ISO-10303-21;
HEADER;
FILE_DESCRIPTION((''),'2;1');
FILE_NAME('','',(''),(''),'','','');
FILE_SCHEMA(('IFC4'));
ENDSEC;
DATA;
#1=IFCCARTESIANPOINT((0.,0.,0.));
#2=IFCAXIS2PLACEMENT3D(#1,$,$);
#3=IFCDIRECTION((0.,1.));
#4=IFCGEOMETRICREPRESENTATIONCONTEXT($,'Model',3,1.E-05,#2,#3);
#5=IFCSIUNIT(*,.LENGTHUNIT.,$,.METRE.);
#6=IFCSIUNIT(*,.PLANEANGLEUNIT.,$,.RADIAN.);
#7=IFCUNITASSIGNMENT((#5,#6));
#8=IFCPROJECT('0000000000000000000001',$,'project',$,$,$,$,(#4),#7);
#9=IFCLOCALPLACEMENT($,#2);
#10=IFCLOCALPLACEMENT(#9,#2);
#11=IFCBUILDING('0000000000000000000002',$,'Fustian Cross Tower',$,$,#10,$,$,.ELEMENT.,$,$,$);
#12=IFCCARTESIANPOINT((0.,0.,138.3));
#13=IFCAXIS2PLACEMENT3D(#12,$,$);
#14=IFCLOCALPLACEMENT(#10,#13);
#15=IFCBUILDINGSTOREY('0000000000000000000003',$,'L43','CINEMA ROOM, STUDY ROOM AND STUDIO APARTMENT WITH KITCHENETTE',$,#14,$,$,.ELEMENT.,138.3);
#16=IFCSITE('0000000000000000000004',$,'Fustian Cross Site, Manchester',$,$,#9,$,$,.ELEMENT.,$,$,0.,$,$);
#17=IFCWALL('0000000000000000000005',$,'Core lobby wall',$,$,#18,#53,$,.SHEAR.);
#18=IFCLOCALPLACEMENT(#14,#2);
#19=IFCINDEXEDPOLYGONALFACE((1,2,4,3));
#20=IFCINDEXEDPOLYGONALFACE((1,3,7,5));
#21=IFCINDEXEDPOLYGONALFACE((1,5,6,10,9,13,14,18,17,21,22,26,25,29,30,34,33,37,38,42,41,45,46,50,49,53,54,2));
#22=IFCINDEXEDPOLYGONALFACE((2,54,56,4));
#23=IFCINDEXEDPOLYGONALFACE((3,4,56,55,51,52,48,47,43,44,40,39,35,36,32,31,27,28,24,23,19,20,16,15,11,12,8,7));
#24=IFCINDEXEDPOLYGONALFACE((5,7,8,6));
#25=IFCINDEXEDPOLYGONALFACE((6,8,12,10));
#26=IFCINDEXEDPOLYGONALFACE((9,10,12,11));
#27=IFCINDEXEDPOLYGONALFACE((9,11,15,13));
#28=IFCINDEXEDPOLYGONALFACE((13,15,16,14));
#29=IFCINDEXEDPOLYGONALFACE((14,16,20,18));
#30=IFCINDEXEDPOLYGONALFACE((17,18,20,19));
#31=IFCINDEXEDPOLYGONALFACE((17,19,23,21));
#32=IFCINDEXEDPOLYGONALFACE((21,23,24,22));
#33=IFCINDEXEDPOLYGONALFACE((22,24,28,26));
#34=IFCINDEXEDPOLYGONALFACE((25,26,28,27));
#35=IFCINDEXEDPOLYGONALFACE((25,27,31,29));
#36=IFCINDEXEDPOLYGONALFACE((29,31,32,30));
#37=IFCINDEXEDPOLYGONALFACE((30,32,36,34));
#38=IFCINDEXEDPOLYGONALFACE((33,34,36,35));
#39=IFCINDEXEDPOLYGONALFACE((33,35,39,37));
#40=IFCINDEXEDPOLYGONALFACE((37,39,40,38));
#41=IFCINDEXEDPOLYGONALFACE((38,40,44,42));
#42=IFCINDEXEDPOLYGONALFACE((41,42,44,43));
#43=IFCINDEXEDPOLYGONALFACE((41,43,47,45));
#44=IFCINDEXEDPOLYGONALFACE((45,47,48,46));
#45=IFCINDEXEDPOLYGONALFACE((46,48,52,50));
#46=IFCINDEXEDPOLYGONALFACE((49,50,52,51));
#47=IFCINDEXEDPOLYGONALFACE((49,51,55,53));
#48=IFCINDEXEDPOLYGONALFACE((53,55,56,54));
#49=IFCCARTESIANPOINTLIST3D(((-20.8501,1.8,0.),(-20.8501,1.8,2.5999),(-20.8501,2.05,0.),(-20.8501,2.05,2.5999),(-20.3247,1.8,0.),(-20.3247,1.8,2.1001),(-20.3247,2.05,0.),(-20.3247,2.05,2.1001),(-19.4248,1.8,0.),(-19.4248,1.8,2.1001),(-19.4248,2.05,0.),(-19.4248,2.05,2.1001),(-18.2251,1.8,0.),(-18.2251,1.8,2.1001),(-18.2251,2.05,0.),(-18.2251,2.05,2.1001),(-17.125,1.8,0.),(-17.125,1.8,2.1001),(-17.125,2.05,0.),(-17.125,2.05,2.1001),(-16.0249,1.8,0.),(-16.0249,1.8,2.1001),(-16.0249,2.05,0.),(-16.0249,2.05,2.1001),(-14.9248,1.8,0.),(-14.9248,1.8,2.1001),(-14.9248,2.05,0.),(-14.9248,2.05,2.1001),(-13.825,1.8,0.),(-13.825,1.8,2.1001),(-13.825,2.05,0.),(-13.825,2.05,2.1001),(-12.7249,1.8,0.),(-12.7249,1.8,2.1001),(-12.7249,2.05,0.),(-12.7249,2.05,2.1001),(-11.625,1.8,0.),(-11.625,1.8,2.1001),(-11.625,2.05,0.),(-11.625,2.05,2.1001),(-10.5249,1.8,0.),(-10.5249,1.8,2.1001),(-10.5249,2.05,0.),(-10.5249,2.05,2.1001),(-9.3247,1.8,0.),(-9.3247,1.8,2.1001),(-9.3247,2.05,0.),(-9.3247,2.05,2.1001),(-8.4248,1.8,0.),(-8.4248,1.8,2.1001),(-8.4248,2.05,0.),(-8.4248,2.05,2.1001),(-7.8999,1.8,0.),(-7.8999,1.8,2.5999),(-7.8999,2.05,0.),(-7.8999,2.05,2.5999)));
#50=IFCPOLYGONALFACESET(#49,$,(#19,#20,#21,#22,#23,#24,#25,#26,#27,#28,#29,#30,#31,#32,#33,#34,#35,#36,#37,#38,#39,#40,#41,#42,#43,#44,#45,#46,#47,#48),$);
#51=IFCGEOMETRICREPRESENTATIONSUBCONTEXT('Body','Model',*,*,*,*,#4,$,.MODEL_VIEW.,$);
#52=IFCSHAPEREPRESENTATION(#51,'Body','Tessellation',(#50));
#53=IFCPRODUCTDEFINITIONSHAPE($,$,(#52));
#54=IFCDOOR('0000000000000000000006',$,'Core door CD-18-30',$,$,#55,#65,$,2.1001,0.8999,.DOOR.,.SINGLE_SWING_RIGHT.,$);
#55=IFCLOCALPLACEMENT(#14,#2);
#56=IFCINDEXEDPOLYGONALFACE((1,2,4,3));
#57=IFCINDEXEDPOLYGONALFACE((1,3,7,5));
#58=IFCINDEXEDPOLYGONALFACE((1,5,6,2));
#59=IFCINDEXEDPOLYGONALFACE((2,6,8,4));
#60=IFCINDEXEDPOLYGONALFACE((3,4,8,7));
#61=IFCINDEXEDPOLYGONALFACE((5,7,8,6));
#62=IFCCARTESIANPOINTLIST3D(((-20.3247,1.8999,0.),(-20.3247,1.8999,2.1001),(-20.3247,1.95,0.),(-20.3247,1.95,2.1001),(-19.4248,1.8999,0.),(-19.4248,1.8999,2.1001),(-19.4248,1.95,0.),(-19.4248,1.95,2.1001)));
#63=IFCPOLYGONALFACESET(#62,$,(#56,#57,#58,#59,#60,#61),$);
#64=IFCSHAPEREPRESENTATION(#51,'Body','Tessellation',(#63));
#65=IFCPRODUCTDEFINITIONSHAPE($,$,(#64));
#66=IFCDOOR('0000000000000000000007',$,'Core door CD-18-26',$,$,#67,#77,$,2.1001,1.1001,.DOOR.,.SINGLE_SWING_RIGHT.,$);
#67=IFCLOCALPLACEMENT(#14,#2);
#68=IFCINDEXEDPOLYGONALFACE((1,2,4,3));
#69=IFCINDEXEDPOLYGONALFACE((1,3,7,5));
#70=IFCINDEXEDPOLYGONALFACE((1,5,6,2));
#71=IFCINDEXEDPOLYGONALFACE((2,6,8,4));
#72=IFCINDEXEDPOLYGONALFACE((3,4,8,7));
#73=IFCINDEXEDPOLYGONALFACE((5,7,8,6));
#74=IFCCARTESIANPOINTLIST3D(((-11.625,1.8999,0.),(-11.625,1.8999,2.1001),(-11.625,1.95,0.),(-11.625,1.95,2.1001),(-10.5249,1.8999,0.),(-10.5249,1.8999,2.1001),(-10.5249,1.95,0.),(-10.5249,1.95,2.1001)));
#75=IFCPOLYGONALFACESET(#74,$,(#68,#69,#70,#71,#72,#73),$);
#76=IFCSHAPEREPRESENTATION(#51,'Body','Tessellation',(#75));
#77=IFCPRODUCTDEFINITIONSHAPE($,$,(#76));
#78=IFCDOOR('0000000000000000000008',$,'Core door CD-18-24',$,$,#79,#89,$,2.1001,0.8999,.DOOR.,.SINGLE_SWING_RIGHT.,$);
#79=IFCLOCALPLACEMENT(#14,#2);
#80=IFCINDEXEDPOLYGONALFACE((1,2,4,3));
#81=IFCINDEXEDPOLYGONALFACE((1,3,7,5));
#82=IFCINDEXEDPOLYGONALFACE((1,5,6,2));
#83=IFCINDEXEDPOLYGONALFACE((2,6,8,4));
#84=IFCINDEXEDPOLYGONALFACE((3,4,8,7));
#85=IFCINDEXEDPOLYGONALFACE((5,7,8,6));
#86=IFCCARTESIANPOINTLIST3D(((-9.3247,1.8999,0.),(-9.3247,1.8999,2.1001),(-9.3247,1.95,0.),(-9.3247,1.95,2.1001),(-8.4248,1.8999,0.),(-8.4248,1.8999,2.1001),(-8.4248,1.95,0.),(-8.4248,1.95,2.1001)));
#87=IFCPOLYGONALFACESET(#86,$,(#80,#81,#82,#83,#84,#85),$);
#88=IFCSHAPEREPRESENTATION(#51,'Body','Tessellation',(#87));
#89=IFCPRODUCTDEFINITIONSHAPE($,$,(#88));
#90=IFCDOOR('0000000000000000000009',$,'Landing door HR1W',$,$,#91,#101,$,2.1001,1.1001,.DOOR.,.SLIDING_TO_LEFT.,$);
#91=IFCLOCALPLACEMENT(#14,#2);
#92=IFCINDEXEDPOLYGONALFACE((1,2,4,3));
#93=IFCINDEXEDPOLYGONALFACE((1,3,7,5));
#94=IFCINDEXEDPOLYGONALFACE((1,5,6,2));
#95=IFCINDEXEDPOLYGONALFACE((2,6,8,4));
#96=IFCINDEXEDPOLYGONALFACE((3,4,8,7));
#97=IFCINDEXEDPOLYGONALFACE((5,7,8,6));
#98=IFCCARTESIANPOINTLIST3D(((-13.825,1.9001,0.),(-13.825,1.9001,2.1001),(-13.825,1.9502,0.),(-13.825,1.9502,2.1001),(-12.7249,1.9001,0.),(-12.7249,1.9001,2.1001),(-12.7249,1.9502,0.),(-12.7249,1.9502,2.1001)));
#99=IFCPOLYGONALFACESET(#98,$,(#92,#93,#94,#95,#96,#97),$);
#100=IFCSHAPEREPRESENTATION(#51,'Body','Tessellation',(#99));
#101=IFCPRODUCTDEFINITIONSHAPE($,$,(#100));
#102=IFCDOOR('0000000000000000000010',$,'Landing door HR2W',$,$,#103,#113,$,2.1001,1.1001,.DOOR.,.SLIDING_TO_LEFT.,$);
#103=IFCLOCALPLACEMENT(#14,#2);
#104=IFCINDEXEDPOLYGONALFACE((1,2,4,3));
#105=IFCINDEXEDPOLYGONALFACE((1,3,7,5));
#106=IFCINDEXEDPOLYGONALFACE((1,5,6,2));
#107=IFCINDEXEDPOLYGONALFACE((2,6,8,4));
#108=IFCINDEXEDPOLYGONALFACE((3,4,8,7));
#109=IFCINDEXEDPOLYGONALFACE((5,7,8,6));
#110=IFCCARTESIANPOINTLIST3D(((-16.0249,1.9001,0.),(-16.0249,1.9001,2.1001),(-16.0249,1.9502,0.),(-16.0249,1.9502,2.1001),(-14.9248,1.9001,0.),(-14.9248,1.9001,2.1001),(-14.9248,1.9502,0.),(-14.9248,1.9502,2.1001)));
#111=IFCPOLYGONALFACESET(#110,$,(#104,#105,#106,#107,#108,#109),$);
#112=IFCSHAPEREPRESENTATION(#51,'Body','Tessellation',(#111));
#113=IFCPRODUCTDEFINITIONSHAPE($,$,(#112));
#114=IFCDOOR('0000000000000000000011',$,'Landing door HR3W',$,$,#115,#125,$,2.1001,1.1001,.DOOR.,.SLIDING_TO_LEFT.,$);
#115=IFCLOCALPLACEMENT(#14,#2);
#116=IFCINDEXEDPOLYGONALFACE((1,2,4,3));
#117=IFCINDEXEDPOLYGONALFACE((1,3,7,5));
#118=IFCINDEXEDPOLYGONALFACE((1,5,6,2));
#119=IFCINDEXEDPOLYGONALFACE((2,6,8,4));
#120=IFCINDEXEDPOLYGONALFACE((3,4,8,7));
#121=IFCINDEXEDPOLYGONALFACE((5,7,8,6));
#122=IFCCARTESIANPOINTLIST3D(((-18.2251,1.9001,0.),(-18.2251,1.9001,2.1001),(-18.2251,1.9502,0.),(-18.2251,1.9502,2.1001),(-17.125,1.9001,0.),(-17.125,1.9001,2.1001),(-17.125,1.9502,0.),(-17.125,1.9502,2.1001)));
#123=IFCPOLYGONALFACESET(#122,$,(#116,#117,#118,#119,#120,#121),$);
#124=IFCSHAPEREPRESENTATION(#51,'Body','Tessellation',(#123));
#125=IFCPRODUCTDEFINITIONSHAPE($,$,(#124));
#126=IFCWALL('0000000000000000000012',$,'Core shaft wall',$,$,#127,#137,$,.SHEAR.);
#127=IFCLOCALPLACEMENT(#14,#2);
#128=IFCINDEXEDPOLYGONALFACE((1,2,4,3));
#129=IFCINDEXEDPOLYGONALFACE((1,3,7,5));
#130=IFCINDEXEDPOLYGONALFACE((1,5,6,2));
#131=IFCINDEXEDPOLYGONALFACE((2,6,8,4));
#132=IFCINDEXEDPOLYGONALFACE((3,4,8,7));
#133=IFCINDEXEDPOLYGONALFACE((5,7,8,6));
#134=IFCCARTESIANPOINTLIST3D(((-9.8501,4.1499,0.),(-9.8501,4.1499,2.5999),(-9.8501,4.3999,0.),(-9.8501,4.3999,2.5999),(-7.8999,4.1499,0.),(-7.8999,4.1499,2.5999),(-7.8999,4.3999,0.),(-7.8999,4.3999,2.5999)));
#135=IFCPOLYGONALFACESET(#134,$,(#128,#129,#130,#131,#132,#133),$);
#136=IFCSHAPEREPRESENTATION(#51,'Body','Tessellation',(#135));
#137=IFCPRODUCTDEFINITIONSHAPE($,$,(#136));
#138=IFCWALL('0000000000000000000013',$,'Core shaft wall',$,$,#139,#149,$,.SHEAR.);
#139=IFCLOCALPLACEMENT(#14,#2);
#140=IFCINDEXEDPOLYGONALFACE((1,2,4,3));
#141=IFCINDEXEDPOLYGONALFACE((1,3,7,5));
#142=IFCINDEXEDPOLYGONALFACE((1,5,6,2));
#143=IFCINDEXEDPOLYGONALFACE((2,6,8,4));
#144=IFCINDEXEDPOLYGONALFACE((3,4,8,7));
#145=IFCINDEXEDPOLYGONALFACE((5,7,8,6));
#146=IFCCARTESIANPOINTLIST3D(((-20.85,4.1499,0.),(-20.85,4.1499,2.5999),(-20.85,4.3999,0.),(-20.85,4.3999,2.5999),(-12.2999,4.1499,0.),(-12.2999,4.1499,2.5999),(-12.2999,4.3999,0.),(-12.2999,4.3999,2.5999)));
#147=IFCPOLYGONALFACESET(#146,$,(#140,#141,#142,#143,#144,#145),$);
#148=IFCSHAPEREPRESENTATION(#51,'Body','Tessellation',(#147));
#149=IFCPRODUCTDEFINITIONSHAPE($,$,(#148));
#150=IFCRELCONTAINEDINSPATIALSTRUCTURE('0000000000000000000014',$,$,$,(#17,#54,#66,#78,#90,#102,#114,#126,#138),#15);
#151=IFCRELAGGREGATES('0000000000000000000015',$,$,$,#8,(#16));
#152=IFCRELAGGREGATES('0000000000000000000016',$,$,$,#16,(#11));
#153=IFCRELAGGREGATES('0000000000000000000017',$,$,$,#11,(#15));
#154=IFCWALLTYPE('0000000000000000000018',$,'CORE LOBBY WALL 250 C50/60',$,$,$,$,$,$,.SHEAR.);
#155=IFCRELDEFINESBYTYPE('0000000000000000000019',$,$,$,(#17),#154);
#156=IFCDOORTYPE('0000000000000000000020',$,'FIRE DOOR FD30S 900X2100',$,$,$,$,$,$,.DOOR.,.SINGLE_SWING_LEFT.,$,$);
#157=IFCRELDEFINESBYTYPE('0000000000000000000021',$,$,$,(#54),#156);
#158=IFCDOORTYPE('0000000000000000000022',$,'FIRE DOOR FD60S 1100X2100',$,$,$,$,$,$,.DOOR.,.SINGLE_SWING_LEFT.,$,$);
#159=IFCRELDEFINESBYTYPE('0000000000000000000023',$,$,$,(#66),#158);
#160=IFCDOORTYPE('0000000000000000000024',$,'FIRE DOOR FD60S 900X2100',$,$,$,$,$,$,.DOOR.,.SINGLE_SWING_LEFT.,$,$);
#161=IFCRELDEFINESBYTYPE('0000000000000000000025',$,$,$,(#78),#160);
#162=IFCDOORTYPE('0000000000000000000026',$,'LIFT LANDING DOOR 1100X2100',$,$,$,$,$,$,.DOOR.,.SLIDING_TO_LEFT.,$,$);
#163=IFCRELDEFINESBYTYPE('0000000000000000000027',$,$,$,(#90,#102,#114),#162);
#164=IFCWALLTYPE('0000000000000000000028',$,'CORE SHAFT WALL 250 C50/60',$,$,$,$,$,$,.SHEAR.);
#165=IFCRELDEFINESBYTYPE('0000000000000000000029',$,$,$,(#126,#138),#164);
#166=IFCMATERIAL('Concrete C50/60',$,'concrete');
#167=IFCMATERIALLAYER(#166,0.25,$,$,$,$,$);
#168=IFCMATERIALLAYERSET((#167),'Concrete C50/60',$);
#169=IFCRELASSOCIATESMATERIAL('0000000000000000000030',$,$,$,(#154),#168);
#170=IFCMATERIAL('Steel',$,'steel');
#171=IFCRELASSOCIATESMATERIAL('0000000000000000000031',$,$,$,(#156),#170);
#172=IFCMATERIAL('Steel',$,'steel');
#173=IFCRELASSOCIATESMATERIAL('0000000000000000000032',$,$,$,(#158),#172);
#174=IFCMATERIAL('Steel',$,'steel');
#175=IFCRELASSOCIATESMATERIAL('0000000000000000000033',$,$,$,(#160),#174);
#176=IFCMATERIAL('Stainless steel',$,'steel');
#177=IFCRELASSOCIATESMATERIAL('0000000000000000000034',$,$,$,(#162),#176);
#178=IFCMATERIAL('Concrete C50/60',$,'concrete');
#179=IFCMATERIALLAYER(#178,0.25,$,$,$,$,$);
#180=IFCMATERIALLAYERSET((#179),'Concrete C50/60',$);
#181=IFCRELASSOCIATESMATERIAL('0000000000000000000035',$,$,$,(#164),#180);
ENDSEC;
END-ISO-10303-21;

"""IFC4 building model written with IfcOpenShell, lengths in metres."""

from ifc_helpers import new_model, si_unit, direction, frame, frame_2d, origin, place, context, subcontext, project, spatial, rectangle, extrude, material, layer, layer_set, type_object, element, fill, save


model = new_model("IFC4")

# Units and contexts
model_context = context("Model", 3, precision=1e-05, world=origin(), true_north=direction((0.0, 1.0)))
body_context = subcontext(model_context, "Body", "Model", "MODEL_VIEW")
ifc_project = project(units=[si_unit("LENGTHUNIT", "METRE"), si_unit("PLANEANGLEUNIT", "RADIAN")], contexts=[model_context])

# Site, building, storey
site_placement = place(None, origin())
site = spatial("IfcSite", under=ifc_project, at=site_placement, Name="Fustian Cross Site, Manchester", CompositionType="ELEMENT", RefElevation=0.0)
building_placement = place(site_placement, origin())
building = spatial("IfcBuilding", under=site, at=building_placement, Name="Fustian Cross Tower", CompositionType="ELEMENT")
storey_placement = place(building_placement, frame((0.0, 0.0, 138.3)))
storey = spatial("IfcBuildingStorey", under=building, at=storey_placement, Name="L43", Description="CINEMA ROOM, STUDY ROOM AND STUDIO APARTMENT WITH KITCHENETTE", CompositionType="ELEMENT", Elevation=138.3)

# Wall, openings, doors
ifc_material_1 = material(Name="Concrete C50/60", Category="concrete")
ifc_layer_1 = layer(ifc_material_1, 0.25)
ifc_layer_set_1 = layer_set([ifc_layer_1], Name="Concrete C50/60")
wall_type_1 = type_object("IfcWallType", Name="CORE LOBBY WALL 250 C50/60", PredefinedType="SHEAR", material=ifc_layer_set_1)
wall_1_placement = place(storey_placement, frame((-7.8999, 1.925, 0.0), z_axis=(0.0, 0.0, 1.0), x_axis=(-1.0, 0.0, 0.0)))
wall_1 = element("IfcWall", 1, at=wall_1_placement, inside=storey, type_object=wall_type_1, Name="Core lobby wall", PredefinedType="SHEAR", context=body_context, shape_type="SweptSolid", body=[
    extrude(rectangle(XDim=12.9502, YDim=0.25, at=frame_2d((6.4751, 0.0))), origin(), (0.0, 0.0, 1.0), 2.5999),
])
opening_1_placement = place(wall_1_placement, frame((4.825, 0.0, 0.0)))
opening_1 = element("IfcOpeningElement", 2, at=opening_1_placement, cuts=wall_1, PredefinedType="OPENING", context=body_context, shape_type="SweptSolid", body=[
    extrude(rectangle(XDim=1.1001, YDim=2.1001, at=frame_2d((0.55, 1.05))), frame((0.0, 0.135, 0.0), z_axis=(0.0, -1.0, 0.0), x_axis=(1.0, 0.0, 0.0)), (0.0, 0.0, 1.0), 0.27),
])
opening_2_placement = place(wall_1_placement, frame((7.0249, 0.0, 0.0)))
opening_2 = element("IfcOpeningElement", 3, at=opening_2_placement, cuts=wall_1, PredefinedType="OPENING", context=body_context, shape_type="SweptSolid", body=[
    extrude(rectangle(XDim=1.1001, YDim=2.1001, at=frame_2d((0.55, 1.05))), frame((0.0, 0.135, 0.0), z_axis=(0.0, -1.0, 0.0), x_axis=(1.0, 0.0, 0.0)), (0.0, 0.0, 1.0), 0.27),
])
opening_3_placement = place(wall_1_placement, frame((9.2251, 0.0, 0.0)))
opening_3 = element("IfcOpeningElement", 4, at=opening_3_placement, cuts=wall_1, PredefinedType="OPENING", context=body_context, shape_type="SweptSolid", body=[
    extrude(rectangle(XDim=1.1001, YDim=2.1001, at=frame_2d((0.55, 1.05))), frame((0.0, 0.135, 0.0), z_axis=(0.0, -1.0, 0.0), x_axis=(1.0, 0.0, 0.0)), (0.0, 0.0, 1.0), 0.27),
])
opening_4_placement = place(wall_1_placement, frame((0.5249, 0.0, 0.0)))
opening_4 = element("IfcOpeningElement", 5, at=opening_4_placement, cuts=wall_1, PredefinedType="OPENING", context=body_context, shape_type="SweptSolid", body=[
    extrude(rectangle(XDim=0.8999, YDim=2.1001, at=frame_2d((0.45, 1.05))), frame((0.0, 0.135, 0.0), z_axis=(0.0, -1.0, 0.0), x_axis=(1.0, 0.0, 0.0)), (0.0, 0.0, 1.0), 0.27),
])
opening_5_placement = place(wall_1_placement, frame((2.625, 0.0, 0.0)))
opening_5 = element("IfcOpeningElement", 6, at=opening_5_placement, cuts=wall_1, PredefinedType="OPENING", context=body_context, shape_type="SweptSolid", body=[
    extrude(rectangle(XDim=1.1001, YDim=2.1001, at=frame_2d((0.55, 1.05))), frame((0.0, 0.135, 0.0), z_axis=(0.0, -1.0, 0.0), x_axis=(1.0, 0.0, 0.0)), (0.0, 0.0, 1.0), 0.27),
])
opening_6_placement = place(wall_1_placement, frame((11.5249, 0.0, 0.0)))
opening_6 = element("IfcOpeningElement", 7, at=opening_6_placement, cuts=wall_1, PredefinedType="OPENING", context=body_context, shape_type="SweptSolid", body=[
    extrude(rectangle(XDim=0.8999, YDim=2.1001, at=frame_2d((0.45, 1.05))), frame((0.0, 0.135, 0.0), z_axis=(0.0, -1.0, 0.0), x_axis=(1.0, 0.0, 0.0)), (0.0, 0.0, 1.0), 0.27),
])
ifc_material_2 = material(Name="Steel", Category="steel")
door_type_1 = type_object("IfcDoorType", Name="FIRE DOOR FD30S 900X2100", OperationType="SINGLE_SWING_LEFT", PredefinedType="DOOR", material=ifc_material_2)
door_1_placement = place(opening_6_placement, frame((0.8999, 0.0, 0.0), z_axis=(0.0, 0.0, 1.0), x_axis=(-1.0, 0.0, 0.0)))
door_1 = element("IfcDoor", 8, at=door_1_placement, inside=storey, type_object=door_type_1, Name="Core door CD-18-30", OperationType="SINGLE_SWING_RIGHT", OverallHeight=2.1001, OverallWidth=0.8999, PredefinedType="DOOR", context=body_context, shape_type="SweptSolid", body=[
    extrude(rectangle(XDim=0.8999, YDim=2.1001, at=frame_2d((0.45, 1.05))), frame((0.0, 0.0249, 0.0), z_axis=(0.0, -1.0, 0.0), x_axis=(1.0, 0.0, 0.0)), (0.0, 0.0, 1.0), 0.05),
])
fill(opening_6, door_1)
ifc_material_3 = material(Name="Steel", Category="steel")
door_type_2 = type_object("IfcDoorType", Name="FIRE DOOR FD60S 1100X2100", OperationType="SINGLE_SWING_LEFT", PredefinedType="DOOR", material=ifc_material_3)
door_2_placement = place(opening_5_placement, frame((1.1001, 0.0, 0.0), z_axis=(0.0, 0.0, 1.0), x_axis=(-1.0, 0.0, 0.0)))
door_2 = element("IfcDoor", 9, at=door_2_placement, inside=storey, type_object=door_type_2, Name="Core door CD-18-26", OperationType="SINGLE_SWING_RIGHT", OverallHeight=2.1001, OverallWidth=1.1001, PredefinedType="DOOR", context=body_context, shape_type="SweptSolid", body=[
    extrude(rectangle(XDim=1.1001, YDim=2.1001, at=frame_2d((0.55, 1.05))), frame((0.0, 0.0249, 0.0), z_axis=(0.0, -1.0, 0.0), x_axis=(1.0, 0.0, 0.0)), (0.0, 0.0, 1.0), 0.05),
])
fill(opening_5, door_2)
ifc_material_4 = material(Name="Steel", Category="steel")
door_type_3 = type_object("IfcDoorType", Name="FIRE DOOR FD60S 900X2100", OperationType="SINGLE_SWING_LEFT", PredefinedType="DOOR", material=ifc_material_4)
door_3_placement = place(opening_4_placement, frame((0.8999, 0.0, 0.0), z_axis=(0.0, 0.0, 1.0), x_axis=(-1.0, 0.0, 0.0)))
door_3 = element("IfcDoor", 10, at=door_3_placement, inside=storey, type_object=door_type_3, Name="Core door CD-18-24", OperationType="SINGLE_SWING_RIGHT", OverallHeight=2.1001, OverallWidth=0.8999, PredefinedType="DOOR", context=body_context, shape_type="SweptSolid", body=[
    extrude(rectangle(XDim=0.8999, YDim=2.1001, at=frame_2d((0.45, 1.05))), frame((0.0, 0.0249, 0.0), z_axis=(0.0, -1.0, 0.0), x_axis=(1.0, 0.0, 0.0)), (0.0, 0.0, 1.0), 0.05),
])
fill(opening_4, door_3)
ifc_material_5 = material(Name="Stainless steel", Category="steel")
door_type_4 = type_object("IfcDoorType", Name="LIFT LANDING DOOR 1100X2100", OperationType="SLIDING_TO_LEFT", PredefinedType="DOOR", material=ifc_material_5)
door_4_placement = place(opening_1_placement, origin())
door_4 = element("IfcDoor", 11, at=door_4_placement, inside=storey, type_object=door_type_4, Name="Landing door HR1W", OperationType="SLIDING_TO_LEFT", OverallHeight=2.1001, OverallWidth=1.1001, PredefinedType="DOOR", context=body_context, shape_type="SweptSolid", body=[
    extrude(rectangle(XDim=1.1001, YDim=2.1001, at=frame_2d((0.55, 1.05))), frame((0.0, 0.0249, 0.0), z_axis=(0.0, -1.0, 0.0), x_axis=(1.0, 0.0, 0.0)), (0.0, 0.0, 1.0), 0.05),
])
fill(opening_1, door_4)
door_5_placement = place(opening_2_placement, origin())
door_5 = element("IfcDoor", 12, at=door_5_placement, inside=storey, type_object=door_type_4, Name="Landing door HR2W", OperationType="SLIDING_TO_LEFT", OverallHeight=2.1001, OverallWidth=1.1001, PredefinedType="DOOR", context=body_context, shape_type="SweptSolid", body=[
    extrude(rectangle(XDim=1.1001, YDim=2.1001, at=frame_2d((0.55, 1.05))), frame((0.0, 0.0249, 0.0), z_axis=(0.0, -1.0, 0.0), x_axis=(1.0, 0.0, 0.0)), (0.0, 0.0, 1.0), 0.05),
])
fill(opening_2, door_5)
door_6_placement = place(opening_3_placement, origin())
door_6 = element("IfcDoor", 13, at=door_6_placement, inside=storey, type_object=door_type_4, Name="Landing door HR3W", OperationType="SLIDING_TO_LEFT", OverallHeight=2.1001, OverallWidth=1.1001, PredefinedType="DOOR", context=body_context, shape_type="SweptSolid", body=[
    extrude(rectangle(XDim=1.1001, YDim=2.1001, at=frame_2d((0.55, 1.05))), frame((0.0, 0.0249, 0.0), z_axis=(0.0, -1.0, 0.0), x_axis=(1.0, 0.0, 0.0)), (0.0, 0.0, 1.0), 0.05),
])
fill(opening_3, door_6)

# Walls
ifc_material_6 = material(Name="Concrete C50/60", Category="concrete")
ifc_layer_2 = layer(ifc_material_6, 0.25)
ifc_layer_set_2 = layer_set([ifc_layer_2], Name="Concrete C50/60")
wall_type_2 = type_object("IfcWallType", Name="CORE SHAFT WALL 250 C50/60", PredefinedType="SHEAR", material=ifc_layer_set_2)
wall_2_placement = place(storey_placement, frame((-7.8999, 4.2749, 0.0), z_axis=(0.0, 0.0, 1.0), x_axis=(-1.0, 0.0, 0.0)))
element("IfcWall", 14, at=wall_2_placement, inside=storey, type_object=wall_type_2, Name="Core shaft wall", PredefinedType="SHEAR", context=body_context, shape_type="SweptSolid", body=[
    extrude(rectangle(XDim=1.9502, YDim=0.25, at=frame_2d((0.9751, 0.0))), origin(), (0.0, 0.0, 1.0), 2.5999),
])
wall_3_placement = place(storey_placement, frame((-12.3, 4.2749, 0.0), z_axis=(0.0, 0.0, 1.0), x_axis=(-1.0, 0.0, 0.0)))
element("IfcWall", 15, at=wall_3_placement, inside=storey, type_object=wall_type_2, Name="Core shaft wall", PredefinedType="SHEAR", context=body_context, shape_type="SweptSolid", body=[
    extrude(rectangle(XDim=8.55, YDim=0.25, at=frame_2d((4.2749, 0.0))), origin(), (0.0, 0.0, 1.0), 2.5999),
])

save(model, "model.ifc")
